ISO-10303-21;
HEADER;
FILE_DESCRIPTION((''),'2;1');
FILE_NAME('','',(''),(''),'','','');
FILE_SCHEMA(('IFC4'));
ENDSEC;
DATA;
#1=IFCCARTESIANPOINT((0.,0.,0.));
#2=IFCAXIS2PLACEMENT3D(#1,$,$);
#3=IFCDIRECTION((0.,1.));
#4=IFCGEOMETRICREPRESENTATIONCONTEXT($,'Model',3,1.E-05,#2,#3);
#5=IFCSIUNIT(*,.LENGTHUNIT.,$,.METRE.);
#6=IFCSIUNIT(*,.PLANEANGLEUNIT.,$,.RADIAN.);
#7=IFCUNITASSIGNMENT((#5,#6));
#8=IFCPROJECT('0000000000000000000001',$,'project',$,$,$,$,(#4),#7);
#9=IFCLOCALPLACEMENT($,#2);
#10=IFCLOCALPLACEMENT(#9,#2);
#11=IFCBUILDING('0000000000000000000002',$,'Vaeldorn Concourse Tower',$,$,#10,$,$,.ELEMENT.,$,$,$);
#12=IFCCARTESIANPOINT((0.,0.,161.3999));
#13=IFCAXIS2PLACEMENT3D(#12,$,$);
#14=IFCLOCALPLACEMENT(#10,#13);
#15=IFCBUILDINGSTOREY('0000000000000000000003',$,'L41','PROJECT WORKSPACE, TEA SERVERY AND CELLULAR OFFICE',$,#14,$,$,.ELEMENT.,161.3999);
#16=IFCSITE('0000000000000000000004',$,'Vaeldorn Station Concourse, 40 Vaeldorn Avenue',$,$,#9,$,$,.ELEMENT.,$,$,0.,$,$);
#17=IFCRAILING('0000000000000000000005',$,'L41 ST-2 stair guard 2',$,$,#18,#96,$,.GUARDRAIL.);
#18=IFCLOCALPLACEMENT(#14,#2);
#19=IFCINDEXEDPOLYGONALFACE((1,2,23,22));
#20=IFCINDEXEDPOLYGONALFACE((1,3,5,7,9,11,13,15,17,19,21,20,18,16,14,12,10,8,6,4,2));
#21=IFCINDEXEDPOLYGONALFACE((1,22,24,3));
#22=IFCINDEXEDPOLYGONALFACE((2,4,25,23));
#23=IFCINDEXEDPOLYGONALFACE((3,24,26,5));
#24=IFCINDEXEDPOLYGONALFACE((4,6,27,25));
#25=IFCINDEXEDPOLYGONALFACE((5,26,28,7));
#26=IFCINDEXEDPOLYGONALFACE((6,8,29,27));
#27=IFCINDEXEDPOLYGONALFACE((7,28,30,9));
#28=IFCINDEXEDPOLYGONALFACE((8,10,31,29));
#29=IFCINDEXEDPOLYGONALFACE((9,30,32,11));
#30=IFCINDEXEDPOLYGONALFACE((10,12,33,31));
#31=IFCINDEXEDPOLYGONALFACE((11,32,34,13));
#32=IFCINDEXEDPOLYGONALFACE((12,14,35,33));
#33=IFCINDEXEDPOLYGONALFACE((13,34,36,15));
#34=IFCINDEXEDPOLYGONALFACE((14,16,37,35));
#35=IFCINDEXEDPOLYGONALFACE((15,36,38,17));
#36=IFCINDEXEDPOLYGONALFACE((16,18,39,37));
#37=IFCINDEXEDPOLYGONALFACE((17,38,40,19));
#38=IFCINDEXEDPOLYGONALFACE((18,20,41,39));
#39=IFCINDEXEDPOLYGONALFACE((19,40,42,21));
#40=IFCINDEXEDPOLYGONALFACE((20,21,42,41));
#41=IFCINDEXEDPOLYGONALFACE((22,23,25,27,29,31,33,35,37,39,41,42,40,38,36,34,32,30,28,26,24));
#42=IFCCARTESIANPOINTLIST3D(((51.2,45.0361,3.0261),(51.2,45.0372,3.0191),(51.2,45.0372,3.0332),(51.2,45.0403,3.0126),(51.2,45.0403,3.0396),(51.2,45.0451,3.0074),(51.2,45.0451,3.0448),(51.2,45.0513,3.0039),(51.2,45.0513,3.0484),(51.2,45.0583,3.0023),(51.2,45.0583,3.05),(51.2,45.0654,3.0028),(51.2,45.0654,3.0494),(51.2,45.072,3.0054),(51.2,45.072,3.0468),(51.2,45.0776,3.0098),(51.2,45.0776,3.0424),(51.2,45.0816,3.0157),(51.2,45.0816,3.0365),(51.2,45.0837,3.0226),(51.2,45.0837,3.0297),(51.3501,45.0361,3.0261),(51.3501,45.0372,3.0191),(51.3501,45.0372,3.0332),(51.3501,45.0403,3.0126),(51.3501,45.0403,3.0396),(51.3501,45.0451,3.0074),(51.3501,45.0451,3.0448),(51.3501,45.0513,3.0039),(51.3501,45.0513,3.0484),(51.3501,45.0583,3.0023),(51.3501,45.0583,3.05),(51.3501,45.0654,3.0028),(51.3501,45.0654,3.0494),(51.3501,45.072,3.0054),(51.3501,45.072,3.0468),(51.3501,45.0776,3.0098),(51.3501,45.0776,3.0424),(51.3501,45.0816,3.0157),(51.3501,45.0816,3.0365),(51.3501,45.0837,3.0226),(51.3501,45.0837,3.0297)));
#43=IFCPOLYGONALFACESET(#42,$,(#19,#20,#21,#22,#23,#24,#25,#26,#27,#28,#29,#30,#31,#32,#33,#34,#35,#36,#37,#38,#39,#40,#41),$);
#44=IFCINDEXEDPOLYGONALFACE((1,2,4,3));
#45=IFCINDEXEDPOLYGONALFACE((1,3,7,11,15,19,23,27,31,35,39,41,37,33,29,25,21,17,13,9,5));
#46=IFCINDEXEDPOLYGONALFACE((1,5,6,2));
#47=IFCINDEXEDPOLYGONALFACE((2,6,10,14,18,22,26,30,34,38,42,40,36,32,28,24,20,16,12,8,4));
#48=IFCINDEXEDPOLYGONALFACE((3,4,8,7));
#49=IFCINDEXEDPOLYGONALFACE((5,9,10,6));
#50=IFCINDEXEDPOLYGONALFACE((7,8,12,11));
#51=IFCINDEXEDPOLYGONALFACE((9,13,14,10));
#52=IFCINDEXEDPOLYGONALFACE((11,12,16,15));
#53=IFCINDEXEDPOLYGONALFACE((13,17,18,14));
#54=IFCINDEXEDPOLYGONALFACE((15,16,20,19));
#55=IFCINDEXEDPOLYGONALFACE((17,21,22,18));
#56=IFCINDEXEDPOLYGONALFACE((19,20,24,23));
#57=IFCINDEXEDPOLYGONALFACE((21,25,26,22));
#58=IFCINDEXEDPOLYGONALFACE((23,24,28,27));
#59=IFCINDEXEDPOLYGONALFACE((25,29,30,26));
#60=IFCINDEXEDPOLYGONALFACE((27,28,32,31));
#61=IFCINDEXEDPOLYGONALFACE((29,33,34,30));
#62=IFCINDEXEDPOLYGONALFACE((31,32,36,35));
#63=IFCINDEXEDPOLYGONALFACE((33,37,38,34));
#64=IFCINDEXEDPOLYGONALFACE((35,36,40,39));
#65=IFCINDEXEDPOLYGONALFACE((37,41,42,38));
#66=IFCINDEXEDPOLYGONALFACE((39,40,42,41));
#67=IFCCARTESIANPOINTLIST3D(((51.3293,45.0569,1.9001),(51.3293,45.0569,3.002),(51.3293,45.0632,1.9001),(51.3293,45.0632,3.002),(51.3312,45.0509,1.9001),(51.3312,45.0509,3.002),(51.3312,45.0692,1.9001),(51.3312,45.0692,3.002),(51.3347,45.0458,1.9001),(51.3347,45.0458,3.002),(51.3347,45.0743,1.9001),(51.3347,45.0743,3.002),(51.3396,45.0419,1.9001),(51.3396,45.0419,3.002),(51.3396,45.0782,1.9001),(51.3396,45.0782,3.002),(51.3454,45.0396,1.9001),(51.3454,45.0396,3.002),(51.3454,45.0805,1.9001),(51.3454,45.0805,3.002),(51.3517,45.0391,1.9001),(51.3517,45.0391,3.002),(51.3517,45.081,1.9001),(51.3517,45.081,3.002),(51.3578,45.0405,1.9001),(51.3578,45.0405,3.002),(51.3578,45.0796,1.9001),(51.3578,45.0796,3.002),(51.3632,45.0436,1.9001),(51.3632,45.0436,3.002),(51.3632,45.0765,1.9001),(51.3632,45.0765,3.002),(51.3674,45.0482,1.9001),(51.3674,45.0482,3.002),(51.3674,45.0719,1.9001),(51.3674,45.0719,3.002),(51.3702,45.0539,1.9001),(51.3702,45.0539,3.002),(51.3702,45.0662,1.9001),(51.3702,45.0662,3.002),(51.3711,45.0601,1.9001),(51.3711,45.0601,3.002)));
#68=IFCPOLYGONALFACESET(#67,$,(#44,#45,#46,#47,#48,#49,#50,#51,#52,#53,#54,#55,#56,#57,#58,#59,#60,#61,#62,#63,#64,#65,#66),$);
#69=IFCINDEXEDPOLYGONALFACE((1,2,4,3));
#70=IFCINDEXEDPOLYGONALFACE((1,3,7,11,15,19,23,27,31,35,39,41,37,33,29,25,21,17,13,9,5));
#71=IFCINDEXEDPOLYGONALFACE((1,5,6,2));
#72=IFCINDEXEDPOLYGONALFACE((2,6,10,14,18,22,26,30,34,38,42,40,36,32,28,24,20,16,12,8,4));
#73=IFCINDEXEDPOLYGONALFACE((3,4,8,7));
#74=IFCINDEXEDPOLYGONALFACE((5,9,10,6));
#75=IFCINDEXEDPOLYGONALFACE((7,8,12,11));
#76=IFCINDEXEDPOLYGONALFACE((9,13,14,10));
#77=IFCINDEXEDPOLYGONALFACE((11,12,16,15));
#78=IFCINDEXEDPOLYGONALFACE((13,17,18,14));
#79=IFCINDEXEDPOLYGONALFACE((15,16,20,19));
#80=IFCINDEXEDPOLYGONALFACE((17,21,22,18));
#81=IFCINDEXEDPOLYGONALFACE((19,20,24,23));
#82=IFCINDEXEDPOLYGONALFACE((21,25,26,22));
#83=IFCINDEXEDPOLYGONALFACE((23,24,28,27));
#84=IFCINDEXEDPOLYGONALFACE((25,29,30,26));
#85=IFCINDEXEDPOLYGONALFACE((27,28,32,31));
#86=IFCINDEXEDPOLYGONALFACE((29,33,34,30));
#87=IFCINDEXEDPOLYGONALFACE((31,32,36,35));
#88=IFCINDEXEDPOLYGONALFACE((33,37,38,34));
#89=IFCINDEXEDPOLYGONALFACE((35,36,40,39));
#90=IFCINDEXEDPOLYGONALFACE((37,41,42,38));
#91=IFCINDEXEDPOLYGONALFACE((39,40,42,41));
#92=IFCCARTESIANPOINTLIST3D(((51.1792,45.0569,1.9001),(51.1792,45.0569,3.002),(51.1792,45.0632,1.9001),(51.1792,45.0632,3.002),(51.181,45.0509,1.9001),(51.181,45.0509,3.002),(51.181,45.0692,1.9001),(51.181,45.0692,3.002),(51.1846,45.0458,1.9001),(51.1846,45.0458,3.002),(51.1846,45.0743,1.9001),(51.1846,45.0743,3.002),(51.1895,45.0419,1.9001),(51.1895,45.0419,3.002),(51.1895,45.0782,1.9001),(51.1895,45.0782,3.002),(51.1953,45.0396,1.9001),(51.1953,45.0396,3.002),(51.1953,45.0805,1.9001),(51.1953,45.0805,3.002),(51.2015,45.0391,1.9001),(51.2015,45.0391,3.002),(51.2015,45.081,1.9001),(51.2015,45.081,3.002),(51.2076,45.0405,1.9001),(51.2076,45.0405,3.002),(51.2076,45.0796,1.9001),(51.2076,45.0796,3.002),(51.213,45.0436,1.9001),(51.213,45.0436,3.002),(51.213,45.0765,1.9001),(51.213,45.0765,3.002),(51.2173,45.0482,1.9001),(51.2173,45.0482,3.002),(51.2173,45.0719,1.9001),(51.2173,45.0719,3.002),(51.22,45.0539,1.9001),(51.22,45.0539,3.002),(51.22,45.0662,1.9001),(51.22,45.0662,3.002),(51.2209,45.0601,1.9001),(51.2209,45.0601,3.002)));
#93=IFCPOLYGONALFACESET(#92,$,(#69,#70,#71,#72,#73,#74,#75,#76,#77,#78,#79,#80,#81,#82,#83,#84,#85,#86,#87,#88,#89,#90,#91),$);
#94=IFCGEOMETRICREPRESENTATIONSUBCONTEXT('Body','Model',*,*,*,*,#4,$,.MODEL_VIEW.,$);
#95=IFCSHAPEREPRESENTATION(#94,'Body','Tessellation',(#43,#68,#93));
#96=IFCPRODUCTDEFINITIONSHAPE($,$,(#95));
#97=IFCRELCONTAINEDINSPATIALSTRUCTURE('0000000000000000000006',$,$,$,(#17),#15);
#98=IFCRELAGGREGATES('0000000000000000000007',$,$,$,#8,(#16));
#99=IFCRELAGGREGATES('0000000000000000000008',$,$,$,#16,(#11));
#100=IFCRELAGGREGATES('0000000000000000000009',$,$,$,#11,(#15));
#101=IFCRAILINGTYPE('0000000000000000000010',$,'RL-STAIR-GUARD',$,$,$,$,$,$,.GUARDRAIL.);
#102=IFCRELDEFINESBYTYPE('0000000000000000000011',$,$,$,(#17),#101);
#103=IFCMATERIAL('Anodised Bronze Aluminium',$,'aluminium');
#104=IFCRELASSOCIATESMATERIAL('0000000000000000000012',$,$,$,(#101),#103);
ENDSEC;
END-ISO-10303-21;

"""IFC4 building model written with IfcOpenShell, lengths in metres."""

from ifc_helpers import new_model, si_unit, direction, frame, origin, origin_2d, place, context, subcontext, project, spatial, circle, extrude, material, type_object, element, save


model = new_model("IFC4")

# Units and contexts
model_context = context("Model", 3, precision=1e-05, world=origin(), true_north=direction((0.0, 1.0)))
body_context = subcontext(model_context, "Body", "Model", "MODEL_VIEW")
ifc_project = project(units=[si_unit("LENGTHUNIT", "METRE"), si_unit("PLANEANGLEUNIT", "RADIAN")], contexts=[model_context])

# Site, building, storey
site_placement = place(None, origin())
site = spatial("IfcSite", under=ifc_project, at=site_placement, Name="Vaeldorn Station Concourse, 40 Vaeldorn Avenue", CompositionType="ELEMENT", RefElevation=0.0)
building_placement = place(site_placement, origin())
building = spatial("IfcBuilding", under=site, at=building_placement, Name="Vaeldorn Concourse Tower", CompositionType="ELEMENT")
storey_placement = place(building_placement, frame((0.0, 0.0, 161.3999)))
storey = spatial("IfcBuildingStorey", under=building, at=storey_placement, Name="L41", Description="PROJECT WORKSPACE, TEA SERVERY AND CELLULAR OFFICE", CompositionType="ELEMENT", Elevation=161.3999)

# Shared definitions
ifc_material_1 = material(Name="Anodised Bronze Aluminium", Category="aluminium")

# Railing
railing_type_1 = type_object("IfcRailingType", Name="RL-STAIR-GUARD", PredefinedType="GUARDRAIL", material=ifc_material_1)
railing_1_placement = place(storey_placement, frame((51.3501, 45.0601, 1.9001)))
element("IfcRailing", 1, at=railing_1_placement, inside=storey, type_object=railing_type_1, Name="L41 ST-2 stair guard 2", PredefinedType="GUARDRAIL", context=body_context, shape_type="SweptSolid", body=[
    extrude(circle(Radius=0.0239, at=origin_2d()), frame((0.0, 0.0, 1.126), z_axis=(-1.0, 0.0, 0.0), x_axis=(0.0, -1.0, 0.0)), (0.0, 0.0, 1.0), 0.1501),
    extrude(circle(Radius=0.021, at=origin_2d()), origin(), (0.0, 0.0, 1.0), 1.1018),
    extrude(circle(Radius=0.021, at=origin_2d()), frame((-0.1501, 0.0, 0.0)), (0.0, 0.0, 1.0), 1.1018),
])

save(model, "model.ifc")
